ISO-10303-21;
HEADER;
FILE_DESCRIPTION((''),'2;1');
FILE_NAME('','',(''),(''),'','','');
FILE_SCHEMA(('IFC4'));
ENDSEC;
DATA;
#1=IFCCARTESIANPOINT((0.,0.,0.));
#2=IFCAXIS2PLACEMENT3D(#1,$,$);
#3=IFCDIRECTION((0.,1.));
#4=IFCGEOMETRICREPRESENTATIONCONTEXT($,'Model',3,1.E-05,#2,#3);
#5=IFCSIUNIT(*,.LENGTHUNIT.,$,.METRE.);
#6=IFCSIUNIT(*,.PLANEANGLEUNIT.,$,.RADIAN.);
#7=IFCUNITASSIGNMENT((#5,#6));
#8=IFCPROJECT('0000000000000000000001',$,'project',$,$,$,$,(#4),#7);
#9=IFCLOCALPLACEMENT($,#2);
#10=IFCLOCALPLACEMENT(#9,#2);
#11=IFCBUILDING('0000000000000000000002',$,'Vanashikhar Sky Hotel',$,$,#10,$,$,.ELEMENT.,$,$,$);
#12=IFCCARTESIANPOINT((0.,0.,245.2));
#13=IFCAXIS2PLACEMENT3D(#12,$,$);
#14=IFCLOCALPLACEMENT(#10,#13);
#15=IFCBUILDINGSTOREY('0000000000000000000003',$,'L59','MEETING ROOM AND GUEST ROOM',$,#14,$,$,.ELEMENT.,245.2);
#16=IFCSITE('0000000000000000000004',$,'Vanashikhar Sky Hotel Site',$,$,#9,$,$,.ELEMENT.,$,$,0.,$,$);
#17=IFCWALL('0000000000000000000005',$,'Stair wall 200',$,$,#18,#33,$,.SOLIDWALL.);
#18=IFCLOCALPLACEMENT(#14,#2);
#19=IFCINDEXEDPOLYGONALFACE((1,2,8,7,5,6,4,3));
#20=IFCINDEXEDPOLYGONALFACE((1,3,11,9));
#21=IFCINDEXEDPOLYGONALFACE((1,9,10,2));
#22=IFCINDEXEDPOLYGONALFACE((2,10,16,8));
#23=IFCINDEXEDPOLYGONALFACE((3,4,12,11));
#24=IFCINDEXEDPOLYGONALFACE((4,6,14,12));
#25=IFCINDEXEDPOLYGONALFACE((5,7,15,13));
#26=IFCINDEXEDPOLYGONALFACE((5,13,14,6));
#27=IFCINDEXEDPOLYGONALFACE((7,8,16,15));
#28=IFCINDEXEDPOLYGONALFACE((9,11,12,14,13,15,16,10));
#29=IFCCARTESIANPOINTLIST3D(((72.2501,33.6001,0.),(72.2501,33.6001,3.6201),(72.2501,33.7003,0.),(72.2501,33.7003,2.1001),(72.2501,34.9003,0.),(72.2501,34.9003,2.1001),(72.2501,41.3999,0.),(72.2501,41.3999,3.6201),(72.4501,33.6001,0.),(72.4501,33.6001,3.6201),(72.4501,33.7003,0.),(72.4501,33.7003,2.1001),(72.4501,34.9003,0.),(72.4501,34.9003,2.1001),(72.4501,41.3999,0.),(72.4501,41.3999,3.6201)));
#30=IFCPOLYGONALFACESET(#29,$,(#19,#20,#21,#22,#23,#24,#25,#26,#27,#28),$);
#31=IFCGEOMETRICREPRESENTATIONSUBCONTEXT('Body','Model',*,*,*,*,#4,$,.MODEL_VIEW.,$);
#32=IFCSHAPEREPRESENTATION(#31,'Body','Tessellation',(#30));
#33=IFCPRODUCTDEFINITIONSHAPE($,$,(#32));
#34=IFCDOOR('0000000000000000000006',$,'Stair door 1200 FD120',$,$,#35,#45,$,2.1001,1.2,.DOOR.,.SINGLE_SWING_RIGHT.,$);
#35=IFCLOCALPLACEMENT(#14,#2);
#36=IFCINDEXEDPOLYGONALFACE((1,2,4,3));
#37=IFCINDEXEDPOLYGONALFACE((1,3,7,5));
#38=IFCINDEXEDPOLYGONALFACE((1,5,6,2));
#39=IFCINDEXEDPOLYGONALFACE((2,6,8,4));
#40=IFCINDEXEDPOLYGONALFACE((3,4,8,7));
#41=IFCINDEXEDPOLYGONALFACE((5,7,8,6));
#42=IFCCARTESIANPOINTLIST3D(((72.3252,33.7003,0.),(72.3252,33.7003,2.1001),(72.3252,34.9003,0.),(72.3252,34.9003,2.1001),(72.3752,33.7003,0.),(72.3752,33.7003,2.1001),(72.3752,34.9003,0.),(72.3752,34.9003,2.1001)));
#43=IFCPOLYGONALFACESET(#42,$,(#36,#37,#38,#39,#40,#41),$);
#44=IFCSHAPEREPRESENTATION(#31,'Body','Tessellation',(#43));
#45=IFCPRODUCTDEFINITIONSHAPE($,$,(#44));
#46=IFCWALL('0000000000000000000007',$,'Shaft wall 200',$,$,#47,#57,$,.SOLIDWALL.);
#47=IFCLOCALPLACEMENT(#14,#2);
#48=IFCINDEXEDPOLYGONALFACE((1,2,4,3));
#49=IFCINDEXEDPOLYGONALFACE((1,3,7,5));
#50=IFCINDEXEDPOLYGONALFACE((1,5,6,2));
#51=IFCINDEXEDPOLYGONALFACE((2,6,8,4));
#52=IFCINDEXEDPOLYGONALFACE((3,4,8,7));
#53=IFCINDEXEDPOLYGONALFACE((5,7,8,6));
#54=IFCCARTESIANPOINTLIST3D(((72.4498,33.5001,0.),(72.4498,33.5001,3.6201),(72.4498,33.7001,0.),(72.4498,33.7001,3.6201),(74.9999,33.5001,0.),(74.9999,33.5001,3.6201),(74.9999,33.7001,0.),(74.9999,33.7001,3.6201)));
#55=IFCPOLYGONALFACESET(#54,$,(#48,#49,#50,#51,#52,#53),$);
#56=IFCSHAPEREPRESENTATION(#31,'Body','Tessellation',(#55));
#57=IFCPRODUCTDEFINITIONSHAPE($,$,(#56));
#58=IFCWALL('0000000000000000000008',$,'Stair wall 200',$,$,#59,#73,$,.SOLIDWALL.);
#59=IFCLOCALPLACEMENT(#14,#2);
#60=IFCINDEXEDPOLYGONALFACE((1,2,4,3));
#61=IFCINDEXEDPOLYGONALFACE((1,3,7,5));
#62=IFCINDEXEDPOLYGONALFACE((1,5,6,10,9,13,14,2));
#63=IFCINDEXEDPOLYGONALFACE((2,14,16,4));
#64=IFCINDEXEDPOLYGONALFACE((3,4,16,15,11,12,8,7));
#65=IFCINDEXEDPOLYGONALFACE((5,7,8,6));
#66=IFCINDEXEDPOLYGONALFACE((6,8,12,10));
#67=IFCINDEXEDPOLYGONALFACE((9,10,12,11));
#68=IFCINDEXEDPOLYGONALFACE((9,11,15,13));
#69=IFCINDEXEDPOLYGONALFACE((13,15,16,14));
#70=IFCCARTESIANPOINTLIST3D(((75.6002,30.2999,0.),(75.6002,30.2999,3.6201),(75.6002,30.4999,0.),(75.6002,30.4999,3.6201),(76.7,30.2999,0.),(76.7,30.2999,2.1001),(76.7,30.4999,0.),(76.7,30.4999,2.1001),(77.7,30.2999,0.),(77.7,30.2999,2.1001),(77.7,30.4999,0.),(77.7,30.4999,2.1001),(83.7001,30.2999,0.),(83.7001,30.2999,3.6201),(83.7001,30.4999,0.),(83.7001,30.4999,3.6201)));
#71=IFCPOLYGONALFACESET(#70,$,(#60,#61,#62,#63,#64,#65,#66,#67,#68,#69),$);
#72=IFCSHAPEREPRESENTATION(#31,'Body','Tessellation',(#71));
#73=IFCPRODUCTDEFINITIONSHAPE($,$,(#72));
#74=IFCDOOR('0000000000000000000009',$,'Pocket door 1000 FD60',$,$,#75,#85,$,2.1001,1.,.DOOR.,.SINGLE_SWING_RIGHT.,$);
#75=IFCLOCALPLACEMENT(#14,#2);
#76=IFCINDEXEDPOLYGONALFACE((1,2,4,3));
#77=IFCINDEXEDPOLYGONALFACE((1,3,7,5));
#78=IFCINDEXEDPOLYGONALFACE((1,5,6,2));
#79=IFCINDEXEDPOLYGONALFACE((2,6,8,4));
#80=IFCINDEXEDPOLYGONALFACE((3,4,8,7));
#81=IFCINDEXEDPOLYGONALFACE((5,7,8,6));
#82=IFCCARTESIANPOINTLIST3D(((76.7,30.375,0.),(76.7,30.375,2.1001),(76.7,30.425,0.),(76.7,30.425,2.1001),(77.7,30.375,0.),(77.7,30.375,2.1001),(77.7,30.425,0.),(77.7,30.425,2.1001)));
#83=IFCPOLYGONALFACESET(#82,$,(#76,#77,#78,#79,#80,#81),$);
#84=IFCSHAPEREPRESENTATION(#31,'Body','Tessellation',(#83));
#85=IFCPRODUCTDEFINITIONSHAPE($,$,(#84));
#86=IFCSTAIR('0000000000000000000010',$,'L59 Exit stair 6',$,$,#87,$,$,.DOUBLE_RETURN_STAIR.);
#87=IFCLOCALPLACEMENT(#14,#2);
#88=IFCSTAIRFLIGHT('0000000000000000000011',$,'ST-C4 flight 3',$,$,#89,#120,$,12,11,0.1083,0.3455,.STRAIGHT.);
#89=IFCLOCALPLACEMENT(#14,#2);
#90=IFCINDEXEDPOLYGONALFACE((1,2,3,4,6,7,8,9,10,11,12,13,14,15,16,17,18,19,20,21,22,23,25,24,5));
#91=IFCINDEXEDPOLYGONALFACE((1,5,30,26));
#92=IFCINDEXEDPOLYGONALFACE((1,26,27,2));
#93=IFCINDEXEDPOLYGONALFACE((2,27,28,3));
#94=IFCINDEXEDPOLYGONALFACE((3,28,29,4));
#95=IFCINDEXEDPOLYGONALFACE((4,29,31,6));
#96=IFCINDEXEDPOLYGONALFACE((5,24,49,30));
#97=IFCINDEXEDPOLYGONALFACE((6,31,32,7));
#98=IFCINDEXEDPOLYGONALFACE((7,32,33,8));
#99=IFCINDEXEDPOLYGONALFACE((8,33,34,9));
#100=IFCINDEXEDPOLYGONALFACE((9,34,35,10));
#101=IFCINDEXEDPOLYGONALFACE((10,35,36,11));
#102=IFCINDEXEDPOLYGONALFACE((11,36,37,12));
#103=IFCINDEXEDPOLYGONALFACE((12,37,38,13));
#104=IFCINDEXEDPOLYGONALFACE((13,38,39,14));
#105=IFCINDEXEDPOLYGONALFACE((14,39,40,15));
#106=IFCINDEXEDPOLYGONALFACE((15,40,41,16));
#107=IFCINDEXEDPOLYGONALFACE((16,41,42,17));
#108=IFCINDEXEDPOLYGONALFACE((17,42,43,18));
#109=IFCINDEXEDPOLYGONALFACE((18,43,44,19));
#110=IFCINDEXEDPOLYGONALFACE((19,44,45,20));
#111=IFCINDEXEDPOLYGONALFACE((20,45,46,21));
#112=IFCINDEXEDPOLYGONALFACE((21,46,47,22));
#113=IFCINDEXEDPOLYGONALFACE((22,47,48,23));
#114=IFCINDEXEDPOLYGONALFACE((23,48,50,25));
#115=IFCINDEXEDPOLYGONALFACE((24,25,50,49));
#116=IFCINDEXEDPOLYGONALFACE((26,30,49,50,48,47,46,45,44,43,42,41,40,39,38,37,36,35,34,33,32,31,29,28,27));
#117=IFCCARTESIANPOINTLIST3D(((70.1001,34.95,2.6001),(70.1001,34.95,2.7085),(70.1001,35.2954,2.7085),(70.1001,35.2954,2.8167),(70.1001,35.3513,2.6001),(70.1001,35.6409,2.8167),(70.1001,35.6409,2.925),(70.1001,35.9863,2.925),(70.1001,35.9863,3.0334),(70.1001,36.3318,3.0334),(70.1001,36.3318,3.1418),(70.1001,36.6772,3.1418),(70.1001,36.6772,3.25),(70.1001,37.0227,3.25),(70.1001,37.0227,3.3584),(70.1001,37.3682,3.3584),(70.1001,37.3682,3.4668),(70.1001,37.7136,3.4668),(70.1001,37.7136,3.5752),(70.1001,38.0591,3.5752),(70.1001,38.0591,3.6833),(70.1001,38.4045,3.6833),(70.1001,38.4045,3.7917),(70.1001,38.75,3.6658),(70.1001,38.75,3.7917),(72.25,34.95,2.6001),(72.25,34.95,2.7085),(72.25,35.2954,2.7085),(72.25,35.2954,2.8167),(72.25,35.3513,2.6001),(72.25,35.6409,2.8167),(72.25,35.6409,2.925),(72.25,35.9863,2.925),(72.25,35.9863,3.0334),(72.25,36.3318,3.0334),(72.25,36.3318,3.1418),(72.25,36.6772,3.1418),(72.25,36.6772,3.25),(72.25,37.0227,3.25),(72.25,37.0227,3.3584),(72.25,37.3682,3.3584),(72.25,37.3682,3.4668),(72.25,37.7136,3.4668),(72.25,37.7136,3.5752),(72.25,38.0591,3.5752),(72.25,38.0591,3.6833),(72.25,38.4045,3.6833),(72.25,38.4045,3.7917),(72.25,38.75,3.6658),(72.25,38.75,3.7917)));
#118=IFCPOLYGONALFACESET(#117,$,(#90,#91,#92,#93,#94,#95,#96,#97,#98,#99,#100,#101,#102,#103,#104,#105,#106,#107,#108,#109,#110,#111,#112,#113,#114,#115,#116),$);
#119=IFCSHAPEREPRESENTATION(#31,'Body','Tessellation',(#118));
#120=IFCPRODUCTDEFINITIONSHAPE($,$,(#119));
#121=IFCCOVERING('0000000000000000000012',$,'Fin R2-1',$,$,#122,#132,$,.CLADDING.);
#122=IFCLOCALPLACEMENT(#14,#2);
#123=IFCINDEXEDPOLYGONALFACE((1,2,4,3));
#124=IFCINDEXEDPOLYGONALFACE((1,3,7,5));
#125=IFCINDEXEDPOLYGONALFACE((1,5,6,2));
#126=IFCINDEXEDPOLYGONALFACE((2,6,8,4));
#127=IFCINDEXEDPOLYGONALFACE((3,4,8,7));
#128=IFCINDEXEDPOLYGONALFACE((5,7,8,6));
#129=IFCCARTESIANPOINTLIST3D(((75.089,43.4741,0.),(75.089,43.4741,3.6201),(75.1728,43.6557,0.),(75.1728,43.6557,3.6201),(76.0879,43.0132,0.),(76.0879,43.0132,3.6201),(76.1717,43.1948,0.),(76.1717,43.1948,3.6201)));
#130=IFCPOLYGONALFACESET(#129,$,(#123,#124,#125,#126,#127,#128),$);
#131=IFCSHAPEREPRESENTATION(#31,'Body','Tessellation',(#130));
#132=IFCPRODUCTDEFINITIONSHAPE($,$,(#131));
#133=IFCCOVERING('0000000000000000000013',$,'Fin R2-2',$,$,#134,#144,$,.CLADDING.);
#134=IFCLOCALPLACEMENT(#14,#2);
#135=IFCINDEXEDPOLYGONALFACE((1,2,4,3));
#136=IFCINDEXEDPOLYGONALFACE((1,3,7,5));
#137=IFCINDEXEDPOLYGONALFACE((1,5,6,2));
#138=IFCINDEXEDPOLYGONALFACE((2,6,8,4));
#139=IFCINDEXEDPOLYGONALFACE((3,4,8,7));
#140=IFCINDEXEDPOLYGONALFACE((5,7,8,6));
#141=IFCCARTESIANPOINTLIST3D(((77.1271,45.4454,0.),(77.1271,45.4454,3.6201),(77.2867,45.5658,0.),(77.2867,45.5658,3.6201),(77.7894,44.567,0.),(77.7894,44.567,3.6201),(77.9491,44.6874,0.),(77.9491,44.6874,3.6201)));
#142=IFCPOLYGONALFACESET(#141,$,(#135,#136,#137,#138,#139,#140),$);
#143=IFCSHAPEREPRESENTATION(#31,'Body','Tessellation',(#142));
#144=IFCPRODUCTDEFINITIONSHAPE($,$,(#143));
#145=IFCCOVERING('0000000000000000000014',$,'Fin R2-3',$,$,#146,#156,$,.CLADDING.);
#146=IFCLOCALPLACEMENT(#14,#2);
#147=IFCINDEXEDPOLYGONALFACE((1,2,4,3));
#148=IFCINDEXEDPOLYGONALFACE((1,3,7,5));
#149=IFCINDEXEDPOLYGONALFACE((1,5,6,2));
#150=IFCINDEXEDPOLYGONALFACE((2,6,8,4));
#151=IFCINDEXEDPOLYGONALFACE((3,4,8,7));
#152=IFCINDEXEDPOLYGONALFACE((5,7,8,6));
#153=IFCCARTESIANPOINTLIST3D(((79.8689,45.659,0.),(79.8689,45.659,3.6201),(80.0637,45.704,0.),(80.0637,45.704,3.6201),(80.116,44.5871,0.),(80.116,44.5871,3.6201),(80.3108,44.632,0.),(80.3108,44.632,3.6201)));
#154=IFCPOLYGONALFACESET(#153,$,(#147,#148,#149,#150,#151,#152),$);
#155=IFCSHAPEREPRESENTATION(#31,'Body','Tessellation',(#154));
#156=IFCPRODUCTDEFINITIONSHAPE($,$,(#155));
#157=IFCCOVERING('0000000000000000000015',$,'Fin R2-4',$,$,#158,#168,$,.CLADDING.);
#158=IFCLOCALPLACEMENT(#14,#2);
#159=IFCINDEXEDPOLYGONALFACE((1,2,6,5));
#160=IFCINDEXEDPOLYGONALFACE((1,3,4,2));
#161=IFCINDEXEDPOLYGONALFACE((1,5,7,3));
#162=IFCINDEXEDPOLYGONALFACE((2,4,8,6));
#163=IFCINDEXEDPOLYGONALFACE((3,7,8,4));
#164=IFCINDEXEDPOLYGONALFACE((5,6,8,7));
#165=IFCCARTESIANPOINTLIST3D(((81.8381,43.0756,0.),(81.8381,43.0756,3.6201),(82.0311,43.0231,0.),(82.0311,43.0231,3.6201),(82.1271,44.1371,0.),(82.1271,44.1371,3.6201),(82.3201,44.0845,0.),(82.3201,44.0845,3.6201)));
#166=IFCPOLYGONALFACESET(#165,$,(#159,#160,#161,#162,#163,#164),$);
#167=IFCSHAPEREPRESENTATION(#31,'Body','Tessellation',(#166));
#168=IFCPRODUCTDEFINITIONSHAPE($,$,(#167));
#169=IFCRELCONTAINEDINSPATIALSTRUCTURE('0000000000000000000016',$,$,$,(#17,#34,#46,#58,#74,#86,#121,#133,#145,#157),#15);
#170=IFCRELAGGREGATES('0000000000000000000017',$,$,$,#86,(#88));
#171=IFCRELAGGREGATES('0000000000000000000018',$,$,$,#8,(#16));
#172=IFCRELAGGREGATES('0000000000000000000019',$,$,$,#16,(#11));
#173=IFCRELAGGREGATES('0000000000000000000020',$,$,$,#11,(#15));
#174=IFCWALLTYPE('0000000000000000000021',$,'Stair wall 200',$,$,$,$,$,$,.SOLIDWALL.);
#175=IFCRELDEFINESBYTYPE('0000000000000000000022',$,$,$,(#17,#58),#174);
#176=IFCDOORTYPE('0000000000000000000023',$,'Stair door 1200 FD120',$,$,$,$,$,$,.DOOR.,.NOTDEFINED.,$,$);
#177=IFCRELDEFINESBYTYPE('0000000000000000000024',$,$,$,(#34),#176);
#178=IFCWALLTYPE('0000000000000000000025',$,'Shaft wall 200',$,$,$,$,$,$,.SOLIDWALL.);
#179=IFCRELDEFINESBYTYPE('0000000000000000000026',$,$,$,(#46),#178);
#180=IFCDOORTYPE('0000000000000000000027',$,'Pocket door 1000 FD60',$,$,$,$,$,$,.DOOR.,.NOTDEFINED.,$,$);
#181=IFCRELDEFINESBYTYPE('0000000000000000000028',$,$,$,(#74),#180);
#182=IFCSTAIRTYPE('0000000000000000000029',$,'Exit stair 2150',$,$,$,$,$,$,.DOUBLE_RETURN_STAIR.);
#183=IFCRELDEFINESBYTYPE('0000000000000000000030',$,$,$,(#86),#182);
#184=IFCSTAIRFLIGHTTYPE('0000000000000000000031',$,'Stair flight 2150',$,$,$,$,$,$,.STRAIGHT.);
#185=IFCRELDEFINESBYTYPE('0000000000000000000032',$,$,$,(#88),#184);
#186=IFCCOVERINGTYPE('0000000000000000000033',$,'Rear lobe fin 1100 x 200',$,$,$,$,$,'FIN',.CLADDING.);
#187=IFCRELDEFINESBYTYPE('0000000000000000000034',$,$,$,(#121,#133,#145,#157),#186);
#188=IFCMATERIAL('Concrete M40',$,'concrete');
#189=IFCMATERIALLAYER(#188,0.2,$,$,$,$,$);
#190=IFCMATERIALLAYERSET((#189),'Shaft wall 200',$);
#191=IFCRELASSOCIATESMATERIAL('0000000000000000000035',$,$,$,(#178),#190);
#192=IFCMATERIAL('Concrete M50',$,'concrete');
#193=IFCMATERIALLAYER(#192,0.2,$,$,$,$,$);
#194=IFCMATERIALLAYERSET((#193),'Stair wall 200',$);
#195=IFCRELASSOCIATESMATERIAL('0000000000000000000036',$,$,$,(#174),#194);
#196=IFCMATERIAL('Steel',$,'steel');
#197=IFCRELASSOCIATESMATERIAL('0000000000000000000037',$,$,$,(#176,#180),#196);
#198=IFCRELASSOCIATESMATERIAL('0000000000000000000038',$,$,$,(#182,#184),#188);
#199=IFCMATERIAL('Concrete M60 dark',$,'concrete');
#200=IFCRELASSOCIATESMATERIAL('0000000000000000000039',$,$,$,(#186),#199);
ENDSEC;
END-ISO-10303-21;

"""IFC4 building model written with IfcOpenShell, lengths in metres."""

from ifc_helpers import new_model, si_unit, direction, frame, frame_2d, origin, origin_2d, place, context, subcontext, project, spatial, polyline, rectangle, outline, extrude, source, transform, mapped, material, layer, layer_set, material_profile, profile_set, type_object, element, fill, aggregate, save


model = new_model("IFC4")

# Units and contexts
model_context = context("Model", 3, precision=1e-05, world=origin(), true_north=direction((0.0, 1.0)))
body_context = subcontext(model_context, "Body", "Model", "MODEL_VIEW")
ifc_project = project(units=[si_unit("LENGTHUNIT", "METRE"), si_unit("PLANEANGLEUNIT", "RADIAN")], contexts=[model_context])

# Site, building, storey
site_placement = place(None, origin())
site = spatial("IfcSite", under=ifc_project, at=site_placement, Name="Vanashikhar Sky Hotel Site", CompositionType="ELEMENT", RefElevation=0.0)
building_placement = place(site_placement, origin())
building = spatial("IfcBuilding", under=site, at=building_placement, Name="Vanashikhar Sky Hotel", CompositionType="ELEMENT")
storey_placement = place(building_placement, frame((0.0, 0.0, 245.2)))
storey = spatial("IfcBuildingStorey", under=building, at=storey_placement, Name="L59", Description="MEETING ROOM AND GUEST ROOM", CompositionType="ELEMENT", Elevation=245.2)

# Shared definitions
ifc_material_1 = material(Name="Concrete M50", Category="concrete")

# Shared definitions
ifc_material_2 = material(Name="Concrete M40", Category="concrete")
ifc_layer_1 = layer(ifc_material_2, 0.2)
ifc_layer_set_1 = layer_set([ifc_layer_1], Name="Shaft wall 200")
wall_type_1 = type_object("IfcWallType", Name="Shaft wall 200", PredefinedType="SOLIDWALL", material=ifc_layer_set_1)

# Wall, opening, door
ifc_layer_2 = layer(ifc_material_1, 0.2)
ifc_layer_set_2 = layer_set([ifc_layer_2], Name="Stair wall 200")
wall_type_2 = type_object("IfcWallType", Name="Stair wall 200", PredefinedType="SOLIDWALL", material=ifc_layer_set_2)
shared_shape_1 = source(origin(), body_context, "Body", "SweptSolid", [
    extrude(rectangle(XDim=7.7998, YDim=0.2, at=frame_2d((3.8999, 0.0))), origin(), (0.0, 0.0, 1.0), 3.6201),
])
wall_1_placement = place(storey_placement, frame((72.3501, 33.6001, 0.0), z_axis=(0.0, 0.0, 1.0), x_axis=(0.0, 1.0, 0.0)))
wall_1 = element("IfcWall", 1, at=wall_1_placement, inside=storey, type_object=wall_type_2, Name="Stair wall 200", PredefinedType="SOLIDWALL", context=body_context, shape_type="MappedRepresentation", body=[
    mapped(shared_shape_1, transform((0.0, 0.0, 0.0), scale=1.0)),
])
shared_shape_2 = source(origin(), body_context, "Body", "SweptSolid", [
    extrude(rectangle(XDim=1.2, YDim=2.1001, at=frame_2d((0.6001, 1.05))), frame((0.0, 0.1099, 0.0), z_axis=(0.0, -1.0, 0.0), x_axis=(1.0, 0.0, 0.0)), (0.0, 0.0, 1.0), 0.22),
])
opening_1_placement = place(wall_1_placement, frame((0.1001, 0.0, 0.0)))
opening_1 = element("IfcOpeningElement", 2, at=opening_1_placement, cuts=wall_1, PredefinedType="OPENING", context=body_context, shape_type="MappedRepresentation", body=[
    mapped(shared_shape_2, transform((0.0, 0.0, 0.0), scale=1.0)),
])
ifc_material_3 = material(Name="Steel", Category="steel")
door_type_1 = type_object("IfcDoorType", Name="Stair door 1200 FD120", OperationType="NOTDEFINED", PredefinedType="DOOR", material=ifc_material_3)
shared_shape_3 = source(origin(), body_context, "Body", "SweptSolid", [
    extrude(rectangle(XDim=1.2, YDim=2.1001, at=frame_2d((0.6001, 1.05))), frame((0.0, 0.0249, 0.0), z_axis=(0.0, -1.0, 0.0), x_axis=(1.0, 0.0, 0.0)), (0.0, 0.0, 1.0), 0.05),
])
door_1_placement = place(opening_1_placement, origin())
door_1 = element("IfcDoor", 3, at=door_1_placement, inside=storey, type_object=door_type_1, Name="Stair door 1200 FD120", OperationType="SINGLE_SWING_RIGHT", OverallHeight=2.1001, OverallWidth=1.2, PredefinedType="DOOR", context=body_context, shape_type="MappedRepresentation", body=[
    mapped(shared_shape_3, transform((0.0, 0.0, 0.0), scale=1.0)),
])
fill(opening_1, door_1)

# Wall
shared_shape_4 = source(origin(), body_context, "Body", "SweptSolid", [
    extrude(rectangle(XDim=2.55, YDim=0.2, at=frame_2d((1.2749, 0.0))), origin(), (0.0, 0.0, 1.0), 3.6201),
])
wall_2_placement = place(storey_placement, frame((72.45, 33.6001, 0.0), z_axis=(0.0, 0.0, 1.0), x_axis=(1.0, 0.0, 0.0)))
element("IfcWall", 4, at=wall_2_placement, inside=storey, type_object=wall_type_1, Name="Shaft wall 200", PredefinedType="SOLIDWALL", context=body_context, shape_type="MappedRepresentation", body=[
    mapped(shared_shape_4, transform((0.0, 0.0, 0.0), scale=1.0)),
])

# Wall, opening, door
shared_shape_5 = source(origin(), body_context, "Body", "SweptSolid", [
    extrude(rectangle(XDim=8.0999, YDim=0.2, at=frame_2d((4.0498, 0.0))), origin(), (0.0, 0.0, 1.0), 3.6201),
])
wall_3_placement = place(storey_placement, frame((83.7, 30.3999, 0.0), z_axis=(0.0, 0.0, 1.0), x_axis=(-1.0, 0.0, 0.0)))
wall_3 = element("IfcWall", 5, at=wall_3_placement, inside=storey, type_object=wall_type_2, Name="Stair wall 200", PredefinedType="SOLIDWALL", context=body_context, shape_type="MappedRepresentation", body=[
    mapped(shared_shape_5, transform((0.0, 0.0, 0.0), scale=1.0)),
])
shared_shape_6 = source(origin(), body_context, "Body", "SweptSolid", [
    extrude(rectangle(XDim=1.0, YDim=2.1001, at=frame_2d((0.5, 1.05))), frame((0.0, 0.1099, 0.0), z_axis=(0.0, -1.0, 0.0), x_axis=(1.0, 0.0, 0.0)), (0.0, 0.0, 1.0), 0.22),
])
opening_2_placement = place(wall_3_placement, frame((6.0, 0.0, 0.0)))
opening_2 = element("IfcOpeningElement", 6, at=opening_2_placement, cuts=wall_3, PredefinedType="OPENING", context=body_context, shape_type="MappedRepresentation", body=[
    mapped(shared_shape_6, transform((0.0, 0.0, 0.0), scale=1.0)),
])
door_type_2 = type_object("IfcDoorType", Name="Pocket door 1000 FD60", OperationType="NOTDEFINED", PredefinedType="DOOR", material=ifc_material_3)
shared_shape_7 = source(origin(), body_context, "Body", "SweptSolid", [
    extrude(rectangle(XDim=1.0, YDim=2.1001, at=frame_2d((0.5, 1.05))), frame((0.0, 0.0249, 0.0), z_axis=(0.0, -1.0, 0.0), x_axis=(1.0, 0.0, 0.0)), (0.0, 0.0, 1.0), 0.05),
])
door_2_placement = place(opening_2_placement, origin())
door_2 = element("IfcDoor", 7, at=door_2_placement, inside=storey, type_object=door_type_2, Name="Pocket door 1000 FD60", OperationType="SINGLE_SWING_RIGHT", OverallHeight=2.1001, OverallWidth=1.0, PredefinedType="DOOR", context=body_context, shape_type="MappedRepresentation", body=[
    mapped(shared_shape_7, transform((0.0, 0.0, 0.0), scale=1.0)),
])
fill(opening_2, door_2)

# Stair, stair flight
stair_type = type_object("IfcStairType", Name="Exit stair 2150", PredefinedType="DOUBLE_RETURN_STAIR", material=ifc_material_2)
stair_placement = place(storey_placement, origin())
stair = element("IfcStair", 8, at=stair_placement, inside=storey, type_object=stair_type, Name="L59 Exit stair 6", PredefinedType="DOUBLE_RETURN_STAIR")
stair_flight_type = type_object("IfcStairFlightType", Name="Stair flight 2150", PredefinedType="STRAIGHT", material=ifc_material_2)
shared_shape_8 = source(origin(), body_context, "Body", "SweptSolid", [
    extrude(outline(polyline([(0.0, 0.0), (0.0, 0.1084), (0.3455, 0.1084), (0.3455, 0.2166), (0.6909, 0.2166), (0.6909, 0.325), (1.0364, 0.325), (1.0364, 0.4333), (1.3818, 0.4333), (1.3818, 0.5417), (1.7273, 0.5417), (1.7273, 0.6499), (2.0728, 0.6499), (2.0728, 0.7583), (2.4182, 0.7583), (2.4182, 0.8667), (2.7637, 0.8667), (2.7637, 0.9751), (3.1091, 0.9751), (3.1091, 1.0833), (3.4546, 1.0833), (3.4546, 1.1917), (3.8, 1.1917), (3.8, 1.3), (3.8, 1.0657), (0.4014, 0.0), (0.0, 0.0)])), frame((0.0, 1.075, 0.0), z_axis=(0.0, -1.0, 0.0), x_axis=(1.0, 0.0, 0.0)), (0.0, 0.0, 1.0), 2.1499),
])
stair_flight_placement = place(storey_placement, frame((71.175, 34.95, 2.6001), z_axis=(0.0, 0.0, 1.0), x_axis=(0.0, 1.0, 0.0)))
stair_flight = element("IfcStairFlight", 9, at=stair_flight_placement, type_object=stair_flight_type, Name="ST-C4 flight 3", NumberOfRisers=12, NumberOfTreads=11, PredefinedType="STRAIGHT", RiserHeight=0.1083, TreadLength=0.3455, context=body_context, shape_type="MappedRepresentation", body=[
    mapped(shared_shape_8, transform((0.0, 0.0, 0.0), scale=1.0)),
])
aggregate(stair, [stair_flight])

# Coverings
ifc_material_4 = material(Name="Concrete M60 dark", Category="concrete")
ifc_material_profile = material_profile(ifc_material_4, rectangle(XDim=1.1001, YDim=0.2, at=origin_2d()))
ifc_profile_set = profile_set([ifc_material_profile], Name="Rear lobe fin 1100 x 200")
covering_type = type_object("IfcCoveringType", Name="Rear lobe fin 1100 x 200", ElementType="FIN", PredefinedType="CLADDING", material=ifc_profile_set)
shared_shape_9 = source(origin(), body_context, "Body", "SweptSolid", [
    extrude(rectangle(XDim=1.1001, YDim=0.2, at=origin_2d()), origin(), (0.0, 0.0, 1.0), 3.6201),
])
for number, where, z_axis, x_axis, name in (
    (10, (75.6304, 43.3345, 0.0), (0.0, 0.0, 1.0), (-0.908004, 0.418961, 0.0), "Fin R2-1"),
    (11, (77.5381, 45.0664, 0.0), (0.0, 0.0, 1.0), (-0.602066, 0.798446, 0.0), "Fin R2-2"),
    (12, (80.0898, 45.1455, 0.0), (0.0, 0.0, 1.0), (-0.224645, 0.974441, 0.0), "Fin R2-3"),
    (13, (82.0791, 43.5801, 0.0), (0.0, 0.0, 1.0), (0.262711, 0.964874, 0.0), "Fin R2-4"),
):
    element("IfcCovering", number, at=place(storey_placement, frame(where, z_axis=z_axis, x_axis=x_axis)), inside=storey, type_object=covering_type, Name=name, PredefinedType="CLADDING", context=body_context, shape_type="MappedRepresentation", body=[
        mapped(shared_shape_9, transform((0.0, 0.0, 0.0), scale=1.0)),
    ])

save(model, "model.ifc")
